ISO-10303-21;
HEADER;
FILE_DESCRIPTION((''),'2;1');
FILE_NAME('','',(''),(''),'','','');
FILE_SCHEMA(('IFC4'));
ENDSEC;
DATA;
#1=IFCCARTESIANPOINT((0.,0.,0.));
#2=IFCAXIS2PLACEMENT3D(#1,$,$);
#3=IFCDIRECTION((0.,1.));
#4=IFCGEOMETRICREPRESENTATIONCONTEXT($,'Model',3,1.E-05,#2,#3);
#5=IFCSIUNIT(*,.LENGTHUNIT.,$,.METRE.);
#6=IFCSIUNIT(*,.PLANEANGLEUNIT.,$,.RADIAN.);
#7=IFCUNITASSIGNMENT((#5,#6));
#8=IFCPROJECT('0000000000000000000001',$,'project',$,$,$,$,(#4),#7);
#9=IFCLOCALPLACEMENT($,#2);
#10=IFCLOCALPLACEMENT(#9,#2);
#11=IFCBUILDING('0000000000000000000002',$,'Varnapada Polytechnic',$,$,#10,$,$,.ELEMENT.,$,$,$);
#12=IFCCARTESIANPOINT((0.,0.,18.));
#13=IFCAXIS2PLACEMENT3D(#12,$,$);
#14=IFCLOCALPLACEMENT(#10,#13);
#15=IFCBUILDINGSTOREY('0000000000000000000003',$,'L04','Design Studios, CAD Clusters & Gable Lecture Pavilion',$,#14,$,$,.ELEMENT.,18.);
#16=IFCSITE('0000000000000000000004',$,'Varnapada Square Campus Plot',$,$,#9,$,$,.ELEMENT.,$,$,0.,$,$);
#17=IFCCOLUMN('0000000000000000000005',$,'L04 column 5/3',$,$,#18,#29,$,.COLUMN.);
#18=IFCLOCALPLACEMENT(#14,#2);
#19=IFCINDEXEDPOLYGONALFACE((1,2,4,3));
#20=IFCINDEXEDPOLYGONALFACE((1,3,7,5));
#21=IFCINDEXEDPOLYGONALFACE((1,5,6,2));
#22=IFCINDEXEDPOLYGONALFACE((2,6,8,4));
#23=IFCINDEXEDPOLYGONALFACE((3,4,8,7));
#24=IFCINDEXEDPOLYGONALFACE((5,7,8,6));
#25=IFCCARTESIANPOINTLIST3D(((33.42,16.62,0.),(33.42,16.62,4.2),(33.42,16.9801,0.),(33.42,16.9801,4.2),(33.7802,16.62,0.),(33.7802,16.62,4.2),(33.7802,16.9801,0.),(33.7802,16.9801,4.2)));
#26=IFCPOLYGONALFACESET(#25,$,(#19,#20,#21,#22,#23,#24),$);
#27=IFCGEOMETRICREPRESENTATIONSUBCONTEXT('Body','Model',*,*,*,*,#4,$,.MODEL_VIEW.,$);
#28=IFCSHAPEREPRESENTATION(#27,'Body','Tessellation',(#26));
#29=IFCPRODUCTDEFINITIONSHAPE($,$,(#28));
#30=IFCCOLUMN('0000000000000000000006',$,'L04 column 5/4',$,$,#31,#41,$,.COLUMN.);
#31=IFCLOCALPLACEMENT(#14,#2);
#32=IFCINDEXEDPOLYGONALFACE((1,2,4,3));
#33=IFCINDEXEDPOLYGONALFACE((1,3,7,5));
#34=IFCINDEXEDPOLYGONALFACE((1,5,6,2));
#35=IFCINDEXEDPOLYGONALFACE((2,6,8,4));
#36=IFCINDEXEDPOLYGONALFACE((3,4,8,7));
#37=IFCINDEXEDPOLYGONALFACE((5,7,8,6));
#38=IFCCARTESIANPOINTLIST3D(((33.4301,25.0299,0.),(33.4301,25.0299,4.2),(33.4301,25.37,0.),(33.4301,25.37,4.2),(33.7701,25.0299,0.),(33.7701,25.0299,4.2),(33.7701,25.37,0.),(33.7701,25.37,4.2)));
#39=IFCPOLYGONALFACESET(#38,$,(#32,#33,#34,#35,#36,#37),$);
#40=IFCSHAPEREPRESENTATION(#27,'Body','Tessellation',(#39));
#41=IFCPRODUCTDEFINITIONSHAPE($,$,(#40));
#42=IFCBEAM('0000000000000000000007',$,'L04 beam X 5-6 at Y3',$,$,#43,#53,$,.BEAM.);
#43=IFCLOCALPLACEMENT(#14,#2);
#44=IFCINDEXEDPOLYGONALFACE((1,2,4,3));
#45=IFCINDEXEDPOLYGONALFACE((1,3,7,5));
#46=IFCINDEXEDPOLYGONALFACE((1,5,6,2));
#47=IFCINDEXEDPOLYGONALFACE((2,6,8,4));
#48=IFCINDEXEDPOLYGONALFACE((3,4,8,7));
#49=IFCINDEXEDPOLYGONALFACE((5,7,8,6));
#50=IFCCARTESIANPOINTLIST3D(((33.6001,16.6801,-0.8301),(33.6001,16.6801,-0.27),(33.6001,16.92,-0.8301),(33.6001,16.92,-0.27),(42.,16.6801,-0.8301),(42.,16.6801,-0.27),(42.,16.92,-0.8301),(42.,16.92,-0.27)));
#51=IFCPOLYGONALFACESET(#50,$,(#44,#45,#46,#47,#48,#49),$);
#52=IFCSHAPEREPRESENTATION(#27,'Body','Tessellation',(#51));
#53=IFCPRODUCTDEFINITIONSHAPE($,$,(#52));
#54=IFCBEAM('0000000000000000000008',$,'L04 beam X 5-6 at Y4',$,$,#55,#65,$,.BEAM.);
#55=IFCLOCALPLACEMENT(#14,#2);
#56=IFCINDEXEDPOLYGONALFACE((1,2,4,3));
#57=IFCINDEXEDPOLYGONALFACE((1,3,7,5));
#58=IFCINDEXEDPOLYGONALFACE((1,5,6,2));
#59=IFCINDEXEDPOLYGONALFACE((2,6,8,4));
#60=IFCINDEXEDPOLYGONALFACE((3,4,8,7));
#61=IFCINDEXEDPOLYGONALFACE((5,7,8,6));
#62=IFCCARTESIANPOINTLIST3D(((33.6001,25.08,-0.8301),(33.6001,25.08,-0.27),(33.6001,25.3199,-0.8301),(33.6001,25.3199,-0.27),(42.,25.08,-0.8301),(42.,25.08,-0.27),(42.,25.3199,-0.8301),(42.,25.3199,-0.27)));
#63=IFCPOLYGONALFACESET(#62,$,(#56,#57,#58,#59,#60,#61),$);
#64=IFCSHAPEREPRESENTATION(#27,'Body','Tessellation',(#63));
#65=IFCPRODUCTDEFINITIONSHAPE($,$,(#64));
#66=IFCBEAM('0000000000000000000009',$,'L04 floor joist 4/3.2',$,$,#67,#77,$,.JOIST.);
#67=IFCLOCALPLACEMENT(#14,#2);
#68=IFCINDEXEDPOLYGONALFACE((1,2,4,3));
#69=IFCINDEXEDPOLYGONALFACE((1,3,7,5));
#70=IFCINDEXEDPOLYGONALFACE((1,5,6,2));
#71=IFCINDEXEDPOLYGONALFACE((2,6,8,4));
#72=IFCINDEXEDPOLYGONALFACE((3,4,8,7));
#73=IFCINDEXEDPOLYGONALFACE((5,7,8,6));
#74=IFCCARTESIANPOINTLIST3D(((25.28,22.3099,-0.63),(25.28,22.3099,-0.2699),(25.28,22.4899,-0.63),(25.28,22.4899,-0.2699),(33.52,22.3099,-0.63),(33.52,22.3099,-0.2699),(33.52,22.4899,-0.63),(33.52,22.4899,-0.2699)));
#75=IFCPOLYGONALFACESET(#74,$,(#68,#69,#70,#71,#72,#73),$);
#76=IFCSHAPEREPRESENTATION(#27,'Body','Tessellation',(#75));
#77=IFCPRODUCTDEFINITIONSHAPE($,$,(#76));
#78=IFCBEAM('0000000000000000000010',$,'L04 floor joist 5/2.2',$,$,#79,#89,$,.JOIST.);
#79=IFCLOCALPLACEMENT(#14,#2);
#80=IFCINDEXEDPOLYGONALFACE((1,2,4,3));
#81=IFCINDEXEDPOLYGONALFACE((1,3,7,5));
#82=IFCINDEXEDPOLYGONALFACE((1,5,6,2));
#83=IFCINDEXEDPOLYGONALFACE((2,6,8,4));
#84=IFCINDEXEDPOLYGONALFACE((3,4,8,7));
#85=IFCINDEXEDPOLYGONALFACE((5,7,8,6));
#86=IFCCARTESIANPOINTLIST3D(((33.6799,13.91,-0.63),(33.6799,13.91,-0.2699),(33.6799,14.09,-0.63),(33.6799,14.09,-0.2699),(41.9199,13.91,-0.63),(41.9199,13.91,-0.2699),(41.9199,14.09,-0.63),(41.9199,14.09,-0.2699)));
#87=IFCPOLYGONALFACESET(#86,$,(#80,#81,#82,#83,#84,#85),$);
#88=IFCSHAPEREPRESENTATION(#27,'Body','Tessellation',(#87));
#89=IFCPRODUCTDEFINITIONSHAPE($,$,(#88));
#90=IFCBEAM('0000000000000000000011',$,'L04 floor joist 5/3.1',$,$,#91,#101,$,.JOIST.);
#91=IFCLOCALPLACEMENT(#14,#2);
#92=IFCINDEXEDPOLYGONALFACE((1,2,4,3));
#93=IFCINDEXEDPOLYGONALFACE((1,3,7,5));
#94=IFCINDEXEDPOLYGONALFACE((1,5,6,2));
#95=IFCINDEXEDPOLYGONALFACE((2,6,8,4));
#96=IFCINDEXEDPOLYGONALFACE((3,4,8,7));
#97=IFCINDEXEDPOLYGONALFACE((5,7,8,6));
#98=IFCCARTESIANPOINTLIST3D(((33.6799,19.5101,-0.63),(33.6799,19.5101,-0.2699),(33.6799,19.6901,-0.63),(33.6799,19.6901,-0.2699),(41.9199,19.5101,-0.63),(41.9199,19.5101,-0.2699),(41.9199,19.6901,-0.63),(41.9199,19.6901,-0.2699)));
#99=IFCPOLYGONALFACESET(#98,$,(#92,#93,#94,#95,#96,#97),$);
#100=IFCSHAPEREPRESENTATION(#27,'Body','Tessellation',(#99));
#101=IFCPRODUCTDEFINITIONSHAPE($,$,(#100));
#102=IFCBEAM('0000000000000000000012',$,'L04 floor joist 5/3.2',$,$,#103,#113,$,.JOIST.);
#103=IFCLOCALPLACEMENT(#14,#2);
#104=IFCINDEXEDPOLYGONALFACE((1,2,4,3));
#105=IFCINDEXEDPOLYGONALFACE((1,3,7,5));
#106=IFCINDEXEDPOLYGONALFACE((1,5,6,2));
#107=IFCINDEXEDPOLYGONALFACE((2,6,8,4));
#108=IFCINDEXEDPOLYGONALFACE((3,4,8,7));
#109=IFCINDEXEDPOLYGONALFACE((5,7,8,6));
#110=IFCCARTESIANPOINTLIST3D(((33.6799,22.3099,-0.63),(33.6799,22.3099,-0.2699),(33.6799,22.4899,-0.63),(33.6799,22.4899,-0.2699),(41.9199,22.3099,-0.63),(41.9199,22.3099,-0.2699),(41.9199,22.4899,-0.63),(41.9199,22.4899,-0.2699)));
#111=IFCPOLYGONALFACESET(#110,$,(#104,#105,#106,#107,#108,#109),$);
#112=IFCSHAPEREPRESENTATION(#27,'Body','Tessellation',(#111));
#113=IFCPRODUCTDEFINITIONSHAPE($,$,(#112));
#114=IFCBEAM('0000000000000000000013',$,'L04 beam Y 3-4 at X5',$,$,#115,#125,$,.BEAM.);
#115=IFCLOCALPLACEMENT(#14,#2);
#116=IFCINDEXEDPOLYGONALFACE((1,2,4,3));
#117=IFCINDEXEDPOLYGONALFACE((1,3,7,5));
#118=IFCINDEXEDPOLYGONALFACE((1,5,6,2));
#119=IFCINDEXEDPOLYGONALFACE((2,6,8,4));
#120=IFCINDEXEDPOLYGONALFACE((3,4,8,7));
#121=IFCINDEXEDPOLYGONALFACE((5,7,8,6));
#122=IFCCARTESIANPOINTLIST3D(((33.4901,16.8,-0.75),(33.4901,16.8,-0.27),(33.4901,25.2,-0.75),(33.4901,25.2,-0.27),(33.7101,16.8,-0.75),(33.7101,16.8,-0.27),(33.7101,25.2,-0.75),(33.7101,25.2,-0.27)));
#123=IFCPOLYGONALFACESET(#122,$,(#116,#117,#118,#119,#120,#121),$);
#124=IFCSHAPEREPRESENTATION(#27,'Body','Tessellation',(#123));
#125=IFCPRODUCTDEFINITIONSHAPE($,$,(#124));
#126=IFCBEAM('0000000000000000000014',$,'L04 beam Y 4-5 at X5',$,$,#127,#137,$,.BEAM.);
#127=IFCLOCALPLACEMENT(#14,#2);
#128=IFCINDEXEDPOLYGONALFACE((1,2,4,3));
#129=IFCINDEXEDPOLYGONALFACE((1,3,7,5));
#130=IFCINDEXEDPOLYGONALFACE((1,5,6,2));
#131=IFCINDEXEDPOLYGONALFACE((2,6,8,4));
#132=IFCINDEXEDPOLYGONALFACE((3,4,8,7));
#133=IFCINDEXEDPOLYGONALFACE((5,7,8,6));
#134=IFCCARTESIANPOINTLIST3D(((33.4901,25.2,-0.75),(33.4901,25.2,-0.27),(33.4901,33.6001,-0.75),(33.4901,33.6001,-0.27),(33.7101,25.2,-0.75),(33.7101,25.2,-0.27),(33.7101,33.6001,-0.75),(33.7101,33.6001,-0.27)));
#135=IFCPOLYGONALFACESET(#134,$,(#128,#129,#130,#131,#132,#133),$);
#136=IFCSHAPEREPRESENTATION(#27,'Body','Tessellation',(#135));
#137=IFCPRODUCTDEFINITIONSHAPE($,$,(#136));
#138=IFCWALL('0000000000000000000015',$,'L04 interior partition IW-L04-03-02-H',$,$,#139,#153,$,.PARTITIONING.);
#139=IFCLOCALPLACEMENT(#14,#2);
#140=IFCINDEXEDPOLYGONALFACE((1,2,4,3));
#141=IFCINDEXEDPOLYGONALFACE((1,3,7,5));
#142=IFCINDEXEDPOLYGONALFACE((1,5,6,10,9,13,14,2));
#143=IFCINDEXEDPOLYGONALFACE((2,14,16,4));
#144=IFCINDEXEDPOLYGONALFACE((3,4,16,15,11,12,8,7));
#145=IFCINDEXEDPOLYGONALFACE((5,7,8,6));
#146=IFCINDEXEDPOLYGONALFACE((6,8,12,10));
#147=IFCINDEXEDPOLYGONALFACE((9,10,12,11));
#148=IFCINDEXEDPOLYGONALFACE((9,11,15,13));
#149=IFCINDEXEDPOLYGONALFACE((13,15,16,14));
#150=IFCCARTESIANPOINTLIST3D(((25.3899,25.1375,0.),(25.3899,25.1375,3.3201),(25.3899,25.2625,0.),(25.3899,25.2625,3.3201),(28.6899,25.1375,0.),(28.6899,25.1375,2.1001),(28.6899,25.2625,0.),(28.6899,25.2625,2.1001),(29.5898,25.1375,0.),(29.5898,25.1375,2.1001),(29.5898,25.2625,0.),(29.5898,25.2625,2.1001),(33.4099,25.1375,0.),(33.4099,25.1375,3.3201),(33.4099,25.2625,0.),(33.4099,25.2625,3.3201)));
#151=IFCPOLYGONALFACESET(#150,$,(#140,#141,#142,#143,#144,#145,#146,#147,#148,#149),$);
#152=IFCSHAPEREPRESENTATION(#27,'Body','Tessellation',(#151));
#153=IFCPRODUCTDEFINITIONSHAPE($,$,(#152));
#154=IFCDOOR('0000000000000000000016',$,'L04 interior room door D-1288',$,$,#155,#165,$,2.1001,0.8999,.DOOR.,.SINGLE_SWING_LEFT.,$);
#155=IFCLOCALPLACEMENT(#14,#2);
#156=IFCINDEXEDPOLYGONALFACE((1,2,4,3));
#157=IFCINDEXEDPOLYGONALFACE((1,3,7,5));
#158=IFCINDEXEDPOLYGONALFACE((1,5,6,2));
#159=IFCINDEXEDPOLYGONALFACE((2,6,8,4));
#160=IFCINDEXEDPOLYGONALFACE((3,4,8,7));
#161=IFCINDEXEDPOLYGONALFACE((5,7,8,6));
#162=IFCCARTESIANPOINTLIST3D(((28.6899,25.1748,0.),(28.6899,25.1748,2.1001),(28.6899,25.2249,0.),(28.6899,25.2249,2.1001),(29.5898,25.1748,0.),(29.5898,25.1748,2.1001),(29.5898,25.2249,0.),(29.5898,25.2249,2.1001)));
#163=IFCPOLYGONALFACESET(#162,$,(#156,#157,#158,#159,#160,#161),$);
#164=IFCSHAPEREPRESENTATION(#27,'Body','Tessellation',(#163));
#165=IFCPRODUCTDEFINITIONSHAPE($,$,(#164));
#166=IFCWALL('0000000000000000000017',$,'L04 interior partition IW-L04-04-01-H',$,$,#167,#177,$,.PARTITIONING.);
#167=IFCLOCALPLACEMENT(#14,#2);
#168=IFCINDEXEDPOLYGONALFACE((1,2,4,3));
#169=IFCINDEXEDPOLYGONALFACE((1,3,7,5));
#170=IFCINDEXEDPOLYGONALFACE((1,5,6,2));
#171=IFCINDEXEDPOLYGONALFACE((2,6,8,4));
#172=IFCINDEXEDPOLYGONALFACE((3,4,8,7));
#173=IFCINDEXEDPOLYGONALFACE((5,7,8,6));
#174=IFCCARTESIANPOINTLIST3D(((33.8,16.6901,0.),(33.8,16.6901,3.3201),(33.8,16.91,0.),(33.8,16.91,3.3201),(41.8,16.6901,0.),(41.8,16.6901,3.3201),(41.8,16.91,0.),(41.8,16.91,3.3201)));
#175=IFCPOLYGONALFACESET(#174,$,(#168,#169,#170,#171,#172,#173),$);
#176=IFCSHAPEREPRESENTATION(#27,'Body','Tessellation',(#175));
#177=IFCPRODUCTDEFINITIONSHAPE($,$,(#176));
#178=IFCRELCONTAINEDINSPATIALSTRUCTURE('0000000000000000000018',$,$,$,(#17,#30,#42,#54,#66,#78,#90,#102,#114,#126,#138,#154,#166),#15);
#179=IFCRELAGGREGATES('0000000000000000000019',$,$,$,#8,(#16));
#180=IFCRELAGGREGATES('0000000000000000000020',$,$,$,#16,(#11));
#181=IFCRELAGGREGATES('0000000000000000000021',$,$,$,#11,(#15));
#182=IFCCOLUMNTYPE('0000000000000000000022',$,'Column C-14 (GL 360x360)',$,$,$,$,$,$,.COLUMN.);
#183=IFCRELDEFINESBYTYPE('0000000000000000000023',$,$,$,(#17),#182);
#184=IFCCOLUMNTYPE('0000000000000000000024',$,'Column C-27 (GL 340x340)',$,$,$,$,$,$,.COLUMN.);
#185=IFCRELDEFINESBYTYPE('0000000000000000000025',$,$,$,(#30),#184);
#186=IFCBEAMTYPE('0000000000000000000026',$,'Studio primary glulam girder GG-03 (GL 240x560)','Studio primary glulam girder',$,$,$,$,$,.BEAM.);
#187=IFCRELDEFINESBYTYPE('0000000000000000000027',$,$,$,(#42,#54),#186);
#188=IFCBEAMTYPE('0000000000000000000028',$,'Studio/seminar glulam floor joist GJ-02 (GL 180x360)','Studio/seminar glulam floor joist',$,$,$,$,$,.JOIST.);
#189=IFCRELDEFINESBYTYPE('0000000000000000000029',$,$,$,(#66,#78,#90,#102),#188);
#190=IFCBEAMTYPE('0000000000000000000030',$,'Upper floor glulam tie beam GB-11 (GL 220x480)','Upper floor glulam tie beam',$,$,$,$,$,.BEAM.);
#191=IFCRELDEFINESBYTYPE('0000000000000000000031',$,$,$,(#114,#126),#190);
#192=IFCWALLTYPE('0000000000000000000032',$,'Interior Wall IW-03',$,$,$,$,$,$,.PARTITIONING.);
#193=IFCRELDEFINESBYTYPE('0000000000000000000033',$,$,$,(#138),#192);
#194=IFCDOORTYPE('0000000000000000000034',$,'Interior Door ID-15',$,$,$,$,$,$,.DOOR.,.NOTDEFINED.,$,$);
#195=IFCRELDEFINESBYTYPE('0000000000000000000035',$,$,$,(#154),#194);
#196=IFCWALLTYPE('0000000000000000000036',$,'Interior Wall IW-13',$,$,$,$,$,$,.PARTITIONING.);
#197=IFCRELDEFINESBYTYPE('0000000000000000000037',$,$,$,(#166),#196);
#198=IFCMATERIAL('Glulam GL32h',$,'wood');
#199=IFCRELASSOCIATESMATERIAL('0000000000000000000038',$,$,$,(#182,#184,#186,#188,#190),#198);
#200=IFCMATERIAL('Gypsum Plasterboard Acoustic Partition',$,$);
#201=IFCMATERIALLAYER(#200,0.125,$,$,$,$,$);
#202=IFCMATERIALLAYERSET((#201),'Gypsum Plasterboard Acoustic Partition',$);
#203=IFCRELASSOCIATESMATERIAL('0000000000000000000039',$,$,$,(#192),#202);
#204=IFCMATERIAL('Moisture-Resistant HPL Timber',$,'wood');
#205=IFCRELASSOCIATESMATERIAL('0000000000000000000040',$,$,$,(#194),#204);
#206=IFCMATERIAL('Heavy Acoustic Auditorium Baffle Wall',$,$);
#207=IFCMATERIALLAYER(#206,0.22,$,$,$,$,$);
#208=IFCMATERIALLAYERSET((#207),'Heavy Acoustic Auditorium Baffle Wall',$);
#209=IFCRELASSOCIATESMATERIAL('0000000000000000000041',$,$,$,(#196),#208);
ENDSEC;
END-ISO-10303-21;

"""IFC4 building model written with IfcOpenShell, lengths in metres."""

from ifc_helpers import new_model, si_unit, direction, frame, frame_2d, origin, origin_2d, place, context, subcontext, project, spatial, rectangle, extrude, material, layer, layer_set, material_profile, profile_set, type_object, element, fill, save


model = new_model("IFC4")

# Units and contexts
model_context = context("Model", 3, precision=1e-05, world=origin(), true_north=direction((0.0, 1.0)))
body_context = subcontext(model_context, "Body", "Model", "MODEL_VIEW")
ifc_project = project(units=[si_unit("LENGTHUNIT", "METRE"), si_unit("PLANEANGLEUNIT", "RADIAN")], contexts=[model_context])

# Site, building, storey
site_placement = place(None, origin())
site = spatial("IfcSite", under=ifc_project, at=site_placement, Name="Varnapada Square Campus Plot", CompositionType="ELEMENT", RefElevation=0.0)
building_placement = place(site_placement, origin())
building = spatial("IfcBuilding", under=site, at=building_placement, Name="Varnapada Polytechnic", CompositionType="ELEMENT")
storey_placement = place(building_placement, frame((0.0, 0.0, 18.0)))
storey = spatial("IfcBuildingStorey", under=building, at=storey_placement, Name="L04", Description="Design Studios, CAD Clusters & Gable Lecture Pavilion", CompositionType="ELEMENT", Elevation=18.0)

# Columns
ifc_material_1 = material(Name="Glulam GL32h", Category="wood")
ifc_material_profile_1 = material_profile(ifc_material_1, rectangle(XDim=0.3601, YDim=0.3601, at=origin_2d()), Name="GL 360x360")
ifc_profile_set_1 = profile_set([ifc_material_profile_1], Name="Glulam GL32h")
column_type_1 = type_object("IfcColumnType", Name="Column C-14 (GL 360x360)", PredefinedType="COLUMN", material=ifc_profile_set_1)
column_1_placement = place(storey_placement, frame((33.6001, 16.8, 0.0), z_axis=(0.0, 0.0, 1.0), x_axis=(1.0, 0.0, 0.0)))
element("IfcColumn", 1, at=column_1_placement, inside=storey, type_object=column_type_1, Name="L04 column 5/3", PredefinedType="COLUMN", context=body_context, shape_type="SweptSolid", body=[
    extrude(rectangle(XDim=0.3601, YDim=0.3601, at=origin_2d()), origin(), (0.0, 0.0, 1.0), 4.2),
])
ifc_material_profile_2 = material_profile(ifc_material_1, rectangle(XDim=0.3401, YDim=0.3401, at=origin_2d()), Name="GL 340x340")
ifc_profile_set_2 = profile_set([ifc_material_profile_2], Name="Glulam GL32h")
column_type_2 = type_object("IfcColumnType", Name="Column C-27 (GL 340x340)", PredefinedType="COLUMN", material=ifc_profile_set_2)
column_2_placement = place(storey_placement, frame((33.6001, 25.2, 0.0), z_axis=(0.0, 0.0, 1.0), x_axis=(1.0, 0.0, 0.0)))
element("IfcColumn", 2, at=column_2_placement, inside=storey, type_object=column_type_2, Name="L04 column 5/4", PredefinedType="COLUMN", context=body_context, shape_type="SweptSolid", body=[
    extrude(rectangle(XDim=0.3401, YDim=0.3401, at=origin_2d()), origin(), (0.0, 0.0, 1.0), 4.2),
])

# Beams
ifc_material_profile_3 = material_profile(ifc_material_1, rectangle(XDim=0.24, YDim=0.5601, at=origin_2d()), Name="GL 240x560")
ifc_profile_set_3 = profile_set([ifc_material_profile_3], Name="Glulam GL32h")
beam_type_1 = type_object("IfcBeamType", Name="Studio primary glulam girder GG-03 (GL 240x560)", Description="Studio primary glulam girder", PredefinedType="BEAM", material=ifc_profile_set_3)
for number, where, z_axis, x_axis, name in (
    (3, (33.6001, 16.8, -0.55), (1.0, 0.0, 0.0), (0.0, 1.0, 0.0), "L04 beam X 5-6 at Y3"),
    (4, (33.6001, 25.2, -0.55), (1.0, 0.0, 0.0), (0.0, 1.0, 0.0), "L04 beam X 5-6 at Y4"),
):
    element("IfcBeam", number, at=place(storey_placement, frame(where, z_axis=z_axis, x_axis=x_axis)), inside=storey, type_object=beam_type_1, Name=name, PredefinedType="BEAM", context=body_context, shape_type="SweptSolid", body=[
        extrude(rectangle(XDim=0.24, YDim=0.5601, at=origin_2d()), origin(), (0.0, 0.0, 1.0), 8.3999),
    ])
ifc_material_profile_4 = material_profile(ifc_material_1, rectangle(XDim=0.1799, YDim=0.3601, at=origin_2d()), Name="GL 180x360")
ifc_profile_set_4 = profile_set([ifc_material_profile_4], Name="Glulam GL32h")
beam_type_2 = type_object("IfcBeamType", Name="Studio/seminar glulam floor joist GJ-02 (GL 180x360)", Description="Studio/seminar glulam floor joist", PredefinedType="JOIST", material=ifc_profile_set_4)
for number, where, z_axis, x_axis, name in (
    (5, (25.28, 22.3999, -0.45), (1.0, 0.0, 0.0), (0.0, 1.0, 0.0), "L04 floor joist 4/3.2"),
    (6, (33.6799, 14.0, -0.45), (1.0, 0.0, 0.0), (0.0, 1.0, 0.0), "L04 floor joist 5/2.2"),
    (7, (33.6799, 19.6001, -0.45), (1.0, 0.0, 0.0), (0.0, 1.0, 0.0), "L04 floor joist 5/3.1"),
    (8, (33.6799, 22.3999, -0.45), (1.0, 0.0, 0.0), (0.0, 1.0, 0.0), "L04 floor joist 5/3.2"),
):
    element("IfcBeam", number, at=place(storey_placement, frame(where, z_axis=z_axis, x_axis=x_axis)), inside=storey, type_object=beam_type_2, Name=name, PredefinedType="JOIST", context=body_context, shape_type="SweptSolid", body=[
        extrude(rectangle(XDim=0.1799, YDim=0.3601, at=origin_2d()), origin(), (0.0, 0.0, 1.0), 8.24),
    ])
ifc_material_profile_5 = material_profile(ifc_material_1, rectangle(XDim=0.22, YDim=0.48, at=origin_2d()), Name="GL 220x480")
ifc_profile_set_5 = profile_set([ifc_material_profile_5], Name="Glulam GL32h")
beam_type_3 = type_object("IfcBeamType", Name="Upper floor glulam tie beam GB-11 (GL 220x480)", Description="Upper floor glulam tie beam", PredefinedType="BEAM", material=ifc_profile_set_5)
beam_1_placement = place(storey_placement, frame((33.6001, 16.8, -0.51), z_axis=(0.0, 1.0, 0.0), x_axis=(-1.0, 0.0, 0.0)))
element("IfcBeam", 9, at=beam_1_placement, inside=storey, type_object=beam_type_3, Name="L04 beam Y 3-4 at X5", PredefinedType="BEAM", context=body_context, shape_type="SweptSolid", body=[
    extrude(rectangle(XDim=0.22, YDim=0.48, at=origin_2d()), origin(), (0.0, 0.0, 1.0), 8.3999),
])
beam_2_placement = place(storey_placement, frame((33.6001, 25.2, -0.51), z_axis=(0.0, 1.0, 0.0), x_axis=(-1.0, 0.0, 0.0)))
element("IfcBeam", 10, at=beam_2_placement, inside=storey, type_object=beam_type_3, Name="L04 beam Y 4-5 at X5", PredefinedType="BEAM", context=body_context, shape_type="SweptSolid", body=[
    extrude(rectangle(XDim=0.22, YDim=0.48, at=origin_2d()), origin(), (0.0, 0.0, 1.0), 8.4001),
])

# Wall, opening, door
ifc_material_2 = material(Name="Gypsum Plasterboard Acoustic Partition")
ifc_layer_1 = layer(ifc_material_2, 0.125)
ifc_layer_set_1 = layer_set([ifc_layer_1], Name="Gypsum Plasterboard Acoustic Partition")
wall_type_1 = type_object("IfcWallType", Name="Interior Wall IW-03", PredefinedType="PARTITIONING", material=ifc_layer_set_1)
wall_1_placement = place(storey_placement, frame((25.3899, 25.2, 0.0), z_axis=(0.0, 0.0, 1.0), x_axis=(1.0, 0.0, 0.0)))
wall_1 = element("IfcWall", 11, at=wall_1_placement, inside=storey, type_object=wall_type_1, Name="L04 interior partition IW-L04-03-02-H", PredefinedType="PARTITIONING", context=body_context, shape_type="SweptSolid", body=[
    extrude(rectangle(XDim=8.02, YDim=0.125, at=frame_2d((4.01, 0.0))), origin(), (0.0, 0.0, 1.0), 3.3201),
])
opening_1_placement = place(wall_1_placement, frame((3.3, 0.0, 0.0)))
opening_1 = element("IfcOpeningElement", 12, at=opening_1_placement, cuts=wall_1, PredefinedType="OPENING", context=body_context, shape_type="SweptSolid", body=[
    extrude(rectangle(XDim=0.8999, YDim=2.1001, at=frame_2d((0.45, 1.05))), frame((0.0, 0.0725, 0.0), z_axis=(0.0, -1.0, 0.0), x_axis=(1.0, 0.0, 0.0)), (0.0, 0.0, 1.0), 0.145),
])
ifc_material_3 = material(Name="Moisture-Resistant HPL Timber", Category="wood")
door_type_1 = type_object("IfcDoorType", Name="Interior Door ID-15", OperationType="NOTDEFINED", PredefinedType="DOOR", material=ifc_material_3)
door_1_placement = place(opening_1_placement, origin())
door_1 = element("IfcDoor", 13, at=door_1_placement, inside=storey, type_object=door_type_1, Name="L04 interior room door D-1288", OperationType="SINGLE_SWING_LEFT", OverallHeight=2.1001, OverallWidth=0.8999, PredefinedType="DOOR", context=body_context, shape_type="SweptSolid", body=[
    extrude(rectangle(XDim=0.8999, YDim=2.1001, at=frame_2d((0.45, 1.05))), frame((0.0, 0.0249, 0.0), z_axis=(0.0, -1.0, 0.0), x_axis=(1.0, 0.0, 0.0)), (0.0, 0.0, 1.0), 0.05),
])
fill(opening_1, door_1)

# Wall
ifc_material_4 = material(Name="Heavy Acoustic Auditorium Baffle Wall")
ifc_layer_2 = layer(ifc_material_4, 0.22)
ifc_layer_set_2 = layer_set([ifc_layer_2], Name="Heavy Acoustic Auditorium Baffle Wall")
wall_type_2 = type_object("IfcWallType", Name="Interior Wall IW-13", PredefinedType="PARTITIONING", material=ifc_layer_set_2)
wall_2_placement = place(storey_placement, frame((33.8, 16.8, 0.0), z_axis=(0.0, 0.0, 1.0), x_axis=(1.0, 0.0, 0.0)))
element("IfcWall", 14, at=wall_2_placement, inside=storey, type_object=wall_type_2, Name="L04 interior partition IW-L04-04-01-H", PredefinedType="PARTITIONING", context=body_context, shape_type="SweptSolid", body=[
    extrude(rectangle(XDim=8.0, YDim=0.22, at=frame_2d((4.0, 0.0))), origin(), (0.0, 0.0, 1.0), 3.3201),
])

save(model, "model.ifc")
